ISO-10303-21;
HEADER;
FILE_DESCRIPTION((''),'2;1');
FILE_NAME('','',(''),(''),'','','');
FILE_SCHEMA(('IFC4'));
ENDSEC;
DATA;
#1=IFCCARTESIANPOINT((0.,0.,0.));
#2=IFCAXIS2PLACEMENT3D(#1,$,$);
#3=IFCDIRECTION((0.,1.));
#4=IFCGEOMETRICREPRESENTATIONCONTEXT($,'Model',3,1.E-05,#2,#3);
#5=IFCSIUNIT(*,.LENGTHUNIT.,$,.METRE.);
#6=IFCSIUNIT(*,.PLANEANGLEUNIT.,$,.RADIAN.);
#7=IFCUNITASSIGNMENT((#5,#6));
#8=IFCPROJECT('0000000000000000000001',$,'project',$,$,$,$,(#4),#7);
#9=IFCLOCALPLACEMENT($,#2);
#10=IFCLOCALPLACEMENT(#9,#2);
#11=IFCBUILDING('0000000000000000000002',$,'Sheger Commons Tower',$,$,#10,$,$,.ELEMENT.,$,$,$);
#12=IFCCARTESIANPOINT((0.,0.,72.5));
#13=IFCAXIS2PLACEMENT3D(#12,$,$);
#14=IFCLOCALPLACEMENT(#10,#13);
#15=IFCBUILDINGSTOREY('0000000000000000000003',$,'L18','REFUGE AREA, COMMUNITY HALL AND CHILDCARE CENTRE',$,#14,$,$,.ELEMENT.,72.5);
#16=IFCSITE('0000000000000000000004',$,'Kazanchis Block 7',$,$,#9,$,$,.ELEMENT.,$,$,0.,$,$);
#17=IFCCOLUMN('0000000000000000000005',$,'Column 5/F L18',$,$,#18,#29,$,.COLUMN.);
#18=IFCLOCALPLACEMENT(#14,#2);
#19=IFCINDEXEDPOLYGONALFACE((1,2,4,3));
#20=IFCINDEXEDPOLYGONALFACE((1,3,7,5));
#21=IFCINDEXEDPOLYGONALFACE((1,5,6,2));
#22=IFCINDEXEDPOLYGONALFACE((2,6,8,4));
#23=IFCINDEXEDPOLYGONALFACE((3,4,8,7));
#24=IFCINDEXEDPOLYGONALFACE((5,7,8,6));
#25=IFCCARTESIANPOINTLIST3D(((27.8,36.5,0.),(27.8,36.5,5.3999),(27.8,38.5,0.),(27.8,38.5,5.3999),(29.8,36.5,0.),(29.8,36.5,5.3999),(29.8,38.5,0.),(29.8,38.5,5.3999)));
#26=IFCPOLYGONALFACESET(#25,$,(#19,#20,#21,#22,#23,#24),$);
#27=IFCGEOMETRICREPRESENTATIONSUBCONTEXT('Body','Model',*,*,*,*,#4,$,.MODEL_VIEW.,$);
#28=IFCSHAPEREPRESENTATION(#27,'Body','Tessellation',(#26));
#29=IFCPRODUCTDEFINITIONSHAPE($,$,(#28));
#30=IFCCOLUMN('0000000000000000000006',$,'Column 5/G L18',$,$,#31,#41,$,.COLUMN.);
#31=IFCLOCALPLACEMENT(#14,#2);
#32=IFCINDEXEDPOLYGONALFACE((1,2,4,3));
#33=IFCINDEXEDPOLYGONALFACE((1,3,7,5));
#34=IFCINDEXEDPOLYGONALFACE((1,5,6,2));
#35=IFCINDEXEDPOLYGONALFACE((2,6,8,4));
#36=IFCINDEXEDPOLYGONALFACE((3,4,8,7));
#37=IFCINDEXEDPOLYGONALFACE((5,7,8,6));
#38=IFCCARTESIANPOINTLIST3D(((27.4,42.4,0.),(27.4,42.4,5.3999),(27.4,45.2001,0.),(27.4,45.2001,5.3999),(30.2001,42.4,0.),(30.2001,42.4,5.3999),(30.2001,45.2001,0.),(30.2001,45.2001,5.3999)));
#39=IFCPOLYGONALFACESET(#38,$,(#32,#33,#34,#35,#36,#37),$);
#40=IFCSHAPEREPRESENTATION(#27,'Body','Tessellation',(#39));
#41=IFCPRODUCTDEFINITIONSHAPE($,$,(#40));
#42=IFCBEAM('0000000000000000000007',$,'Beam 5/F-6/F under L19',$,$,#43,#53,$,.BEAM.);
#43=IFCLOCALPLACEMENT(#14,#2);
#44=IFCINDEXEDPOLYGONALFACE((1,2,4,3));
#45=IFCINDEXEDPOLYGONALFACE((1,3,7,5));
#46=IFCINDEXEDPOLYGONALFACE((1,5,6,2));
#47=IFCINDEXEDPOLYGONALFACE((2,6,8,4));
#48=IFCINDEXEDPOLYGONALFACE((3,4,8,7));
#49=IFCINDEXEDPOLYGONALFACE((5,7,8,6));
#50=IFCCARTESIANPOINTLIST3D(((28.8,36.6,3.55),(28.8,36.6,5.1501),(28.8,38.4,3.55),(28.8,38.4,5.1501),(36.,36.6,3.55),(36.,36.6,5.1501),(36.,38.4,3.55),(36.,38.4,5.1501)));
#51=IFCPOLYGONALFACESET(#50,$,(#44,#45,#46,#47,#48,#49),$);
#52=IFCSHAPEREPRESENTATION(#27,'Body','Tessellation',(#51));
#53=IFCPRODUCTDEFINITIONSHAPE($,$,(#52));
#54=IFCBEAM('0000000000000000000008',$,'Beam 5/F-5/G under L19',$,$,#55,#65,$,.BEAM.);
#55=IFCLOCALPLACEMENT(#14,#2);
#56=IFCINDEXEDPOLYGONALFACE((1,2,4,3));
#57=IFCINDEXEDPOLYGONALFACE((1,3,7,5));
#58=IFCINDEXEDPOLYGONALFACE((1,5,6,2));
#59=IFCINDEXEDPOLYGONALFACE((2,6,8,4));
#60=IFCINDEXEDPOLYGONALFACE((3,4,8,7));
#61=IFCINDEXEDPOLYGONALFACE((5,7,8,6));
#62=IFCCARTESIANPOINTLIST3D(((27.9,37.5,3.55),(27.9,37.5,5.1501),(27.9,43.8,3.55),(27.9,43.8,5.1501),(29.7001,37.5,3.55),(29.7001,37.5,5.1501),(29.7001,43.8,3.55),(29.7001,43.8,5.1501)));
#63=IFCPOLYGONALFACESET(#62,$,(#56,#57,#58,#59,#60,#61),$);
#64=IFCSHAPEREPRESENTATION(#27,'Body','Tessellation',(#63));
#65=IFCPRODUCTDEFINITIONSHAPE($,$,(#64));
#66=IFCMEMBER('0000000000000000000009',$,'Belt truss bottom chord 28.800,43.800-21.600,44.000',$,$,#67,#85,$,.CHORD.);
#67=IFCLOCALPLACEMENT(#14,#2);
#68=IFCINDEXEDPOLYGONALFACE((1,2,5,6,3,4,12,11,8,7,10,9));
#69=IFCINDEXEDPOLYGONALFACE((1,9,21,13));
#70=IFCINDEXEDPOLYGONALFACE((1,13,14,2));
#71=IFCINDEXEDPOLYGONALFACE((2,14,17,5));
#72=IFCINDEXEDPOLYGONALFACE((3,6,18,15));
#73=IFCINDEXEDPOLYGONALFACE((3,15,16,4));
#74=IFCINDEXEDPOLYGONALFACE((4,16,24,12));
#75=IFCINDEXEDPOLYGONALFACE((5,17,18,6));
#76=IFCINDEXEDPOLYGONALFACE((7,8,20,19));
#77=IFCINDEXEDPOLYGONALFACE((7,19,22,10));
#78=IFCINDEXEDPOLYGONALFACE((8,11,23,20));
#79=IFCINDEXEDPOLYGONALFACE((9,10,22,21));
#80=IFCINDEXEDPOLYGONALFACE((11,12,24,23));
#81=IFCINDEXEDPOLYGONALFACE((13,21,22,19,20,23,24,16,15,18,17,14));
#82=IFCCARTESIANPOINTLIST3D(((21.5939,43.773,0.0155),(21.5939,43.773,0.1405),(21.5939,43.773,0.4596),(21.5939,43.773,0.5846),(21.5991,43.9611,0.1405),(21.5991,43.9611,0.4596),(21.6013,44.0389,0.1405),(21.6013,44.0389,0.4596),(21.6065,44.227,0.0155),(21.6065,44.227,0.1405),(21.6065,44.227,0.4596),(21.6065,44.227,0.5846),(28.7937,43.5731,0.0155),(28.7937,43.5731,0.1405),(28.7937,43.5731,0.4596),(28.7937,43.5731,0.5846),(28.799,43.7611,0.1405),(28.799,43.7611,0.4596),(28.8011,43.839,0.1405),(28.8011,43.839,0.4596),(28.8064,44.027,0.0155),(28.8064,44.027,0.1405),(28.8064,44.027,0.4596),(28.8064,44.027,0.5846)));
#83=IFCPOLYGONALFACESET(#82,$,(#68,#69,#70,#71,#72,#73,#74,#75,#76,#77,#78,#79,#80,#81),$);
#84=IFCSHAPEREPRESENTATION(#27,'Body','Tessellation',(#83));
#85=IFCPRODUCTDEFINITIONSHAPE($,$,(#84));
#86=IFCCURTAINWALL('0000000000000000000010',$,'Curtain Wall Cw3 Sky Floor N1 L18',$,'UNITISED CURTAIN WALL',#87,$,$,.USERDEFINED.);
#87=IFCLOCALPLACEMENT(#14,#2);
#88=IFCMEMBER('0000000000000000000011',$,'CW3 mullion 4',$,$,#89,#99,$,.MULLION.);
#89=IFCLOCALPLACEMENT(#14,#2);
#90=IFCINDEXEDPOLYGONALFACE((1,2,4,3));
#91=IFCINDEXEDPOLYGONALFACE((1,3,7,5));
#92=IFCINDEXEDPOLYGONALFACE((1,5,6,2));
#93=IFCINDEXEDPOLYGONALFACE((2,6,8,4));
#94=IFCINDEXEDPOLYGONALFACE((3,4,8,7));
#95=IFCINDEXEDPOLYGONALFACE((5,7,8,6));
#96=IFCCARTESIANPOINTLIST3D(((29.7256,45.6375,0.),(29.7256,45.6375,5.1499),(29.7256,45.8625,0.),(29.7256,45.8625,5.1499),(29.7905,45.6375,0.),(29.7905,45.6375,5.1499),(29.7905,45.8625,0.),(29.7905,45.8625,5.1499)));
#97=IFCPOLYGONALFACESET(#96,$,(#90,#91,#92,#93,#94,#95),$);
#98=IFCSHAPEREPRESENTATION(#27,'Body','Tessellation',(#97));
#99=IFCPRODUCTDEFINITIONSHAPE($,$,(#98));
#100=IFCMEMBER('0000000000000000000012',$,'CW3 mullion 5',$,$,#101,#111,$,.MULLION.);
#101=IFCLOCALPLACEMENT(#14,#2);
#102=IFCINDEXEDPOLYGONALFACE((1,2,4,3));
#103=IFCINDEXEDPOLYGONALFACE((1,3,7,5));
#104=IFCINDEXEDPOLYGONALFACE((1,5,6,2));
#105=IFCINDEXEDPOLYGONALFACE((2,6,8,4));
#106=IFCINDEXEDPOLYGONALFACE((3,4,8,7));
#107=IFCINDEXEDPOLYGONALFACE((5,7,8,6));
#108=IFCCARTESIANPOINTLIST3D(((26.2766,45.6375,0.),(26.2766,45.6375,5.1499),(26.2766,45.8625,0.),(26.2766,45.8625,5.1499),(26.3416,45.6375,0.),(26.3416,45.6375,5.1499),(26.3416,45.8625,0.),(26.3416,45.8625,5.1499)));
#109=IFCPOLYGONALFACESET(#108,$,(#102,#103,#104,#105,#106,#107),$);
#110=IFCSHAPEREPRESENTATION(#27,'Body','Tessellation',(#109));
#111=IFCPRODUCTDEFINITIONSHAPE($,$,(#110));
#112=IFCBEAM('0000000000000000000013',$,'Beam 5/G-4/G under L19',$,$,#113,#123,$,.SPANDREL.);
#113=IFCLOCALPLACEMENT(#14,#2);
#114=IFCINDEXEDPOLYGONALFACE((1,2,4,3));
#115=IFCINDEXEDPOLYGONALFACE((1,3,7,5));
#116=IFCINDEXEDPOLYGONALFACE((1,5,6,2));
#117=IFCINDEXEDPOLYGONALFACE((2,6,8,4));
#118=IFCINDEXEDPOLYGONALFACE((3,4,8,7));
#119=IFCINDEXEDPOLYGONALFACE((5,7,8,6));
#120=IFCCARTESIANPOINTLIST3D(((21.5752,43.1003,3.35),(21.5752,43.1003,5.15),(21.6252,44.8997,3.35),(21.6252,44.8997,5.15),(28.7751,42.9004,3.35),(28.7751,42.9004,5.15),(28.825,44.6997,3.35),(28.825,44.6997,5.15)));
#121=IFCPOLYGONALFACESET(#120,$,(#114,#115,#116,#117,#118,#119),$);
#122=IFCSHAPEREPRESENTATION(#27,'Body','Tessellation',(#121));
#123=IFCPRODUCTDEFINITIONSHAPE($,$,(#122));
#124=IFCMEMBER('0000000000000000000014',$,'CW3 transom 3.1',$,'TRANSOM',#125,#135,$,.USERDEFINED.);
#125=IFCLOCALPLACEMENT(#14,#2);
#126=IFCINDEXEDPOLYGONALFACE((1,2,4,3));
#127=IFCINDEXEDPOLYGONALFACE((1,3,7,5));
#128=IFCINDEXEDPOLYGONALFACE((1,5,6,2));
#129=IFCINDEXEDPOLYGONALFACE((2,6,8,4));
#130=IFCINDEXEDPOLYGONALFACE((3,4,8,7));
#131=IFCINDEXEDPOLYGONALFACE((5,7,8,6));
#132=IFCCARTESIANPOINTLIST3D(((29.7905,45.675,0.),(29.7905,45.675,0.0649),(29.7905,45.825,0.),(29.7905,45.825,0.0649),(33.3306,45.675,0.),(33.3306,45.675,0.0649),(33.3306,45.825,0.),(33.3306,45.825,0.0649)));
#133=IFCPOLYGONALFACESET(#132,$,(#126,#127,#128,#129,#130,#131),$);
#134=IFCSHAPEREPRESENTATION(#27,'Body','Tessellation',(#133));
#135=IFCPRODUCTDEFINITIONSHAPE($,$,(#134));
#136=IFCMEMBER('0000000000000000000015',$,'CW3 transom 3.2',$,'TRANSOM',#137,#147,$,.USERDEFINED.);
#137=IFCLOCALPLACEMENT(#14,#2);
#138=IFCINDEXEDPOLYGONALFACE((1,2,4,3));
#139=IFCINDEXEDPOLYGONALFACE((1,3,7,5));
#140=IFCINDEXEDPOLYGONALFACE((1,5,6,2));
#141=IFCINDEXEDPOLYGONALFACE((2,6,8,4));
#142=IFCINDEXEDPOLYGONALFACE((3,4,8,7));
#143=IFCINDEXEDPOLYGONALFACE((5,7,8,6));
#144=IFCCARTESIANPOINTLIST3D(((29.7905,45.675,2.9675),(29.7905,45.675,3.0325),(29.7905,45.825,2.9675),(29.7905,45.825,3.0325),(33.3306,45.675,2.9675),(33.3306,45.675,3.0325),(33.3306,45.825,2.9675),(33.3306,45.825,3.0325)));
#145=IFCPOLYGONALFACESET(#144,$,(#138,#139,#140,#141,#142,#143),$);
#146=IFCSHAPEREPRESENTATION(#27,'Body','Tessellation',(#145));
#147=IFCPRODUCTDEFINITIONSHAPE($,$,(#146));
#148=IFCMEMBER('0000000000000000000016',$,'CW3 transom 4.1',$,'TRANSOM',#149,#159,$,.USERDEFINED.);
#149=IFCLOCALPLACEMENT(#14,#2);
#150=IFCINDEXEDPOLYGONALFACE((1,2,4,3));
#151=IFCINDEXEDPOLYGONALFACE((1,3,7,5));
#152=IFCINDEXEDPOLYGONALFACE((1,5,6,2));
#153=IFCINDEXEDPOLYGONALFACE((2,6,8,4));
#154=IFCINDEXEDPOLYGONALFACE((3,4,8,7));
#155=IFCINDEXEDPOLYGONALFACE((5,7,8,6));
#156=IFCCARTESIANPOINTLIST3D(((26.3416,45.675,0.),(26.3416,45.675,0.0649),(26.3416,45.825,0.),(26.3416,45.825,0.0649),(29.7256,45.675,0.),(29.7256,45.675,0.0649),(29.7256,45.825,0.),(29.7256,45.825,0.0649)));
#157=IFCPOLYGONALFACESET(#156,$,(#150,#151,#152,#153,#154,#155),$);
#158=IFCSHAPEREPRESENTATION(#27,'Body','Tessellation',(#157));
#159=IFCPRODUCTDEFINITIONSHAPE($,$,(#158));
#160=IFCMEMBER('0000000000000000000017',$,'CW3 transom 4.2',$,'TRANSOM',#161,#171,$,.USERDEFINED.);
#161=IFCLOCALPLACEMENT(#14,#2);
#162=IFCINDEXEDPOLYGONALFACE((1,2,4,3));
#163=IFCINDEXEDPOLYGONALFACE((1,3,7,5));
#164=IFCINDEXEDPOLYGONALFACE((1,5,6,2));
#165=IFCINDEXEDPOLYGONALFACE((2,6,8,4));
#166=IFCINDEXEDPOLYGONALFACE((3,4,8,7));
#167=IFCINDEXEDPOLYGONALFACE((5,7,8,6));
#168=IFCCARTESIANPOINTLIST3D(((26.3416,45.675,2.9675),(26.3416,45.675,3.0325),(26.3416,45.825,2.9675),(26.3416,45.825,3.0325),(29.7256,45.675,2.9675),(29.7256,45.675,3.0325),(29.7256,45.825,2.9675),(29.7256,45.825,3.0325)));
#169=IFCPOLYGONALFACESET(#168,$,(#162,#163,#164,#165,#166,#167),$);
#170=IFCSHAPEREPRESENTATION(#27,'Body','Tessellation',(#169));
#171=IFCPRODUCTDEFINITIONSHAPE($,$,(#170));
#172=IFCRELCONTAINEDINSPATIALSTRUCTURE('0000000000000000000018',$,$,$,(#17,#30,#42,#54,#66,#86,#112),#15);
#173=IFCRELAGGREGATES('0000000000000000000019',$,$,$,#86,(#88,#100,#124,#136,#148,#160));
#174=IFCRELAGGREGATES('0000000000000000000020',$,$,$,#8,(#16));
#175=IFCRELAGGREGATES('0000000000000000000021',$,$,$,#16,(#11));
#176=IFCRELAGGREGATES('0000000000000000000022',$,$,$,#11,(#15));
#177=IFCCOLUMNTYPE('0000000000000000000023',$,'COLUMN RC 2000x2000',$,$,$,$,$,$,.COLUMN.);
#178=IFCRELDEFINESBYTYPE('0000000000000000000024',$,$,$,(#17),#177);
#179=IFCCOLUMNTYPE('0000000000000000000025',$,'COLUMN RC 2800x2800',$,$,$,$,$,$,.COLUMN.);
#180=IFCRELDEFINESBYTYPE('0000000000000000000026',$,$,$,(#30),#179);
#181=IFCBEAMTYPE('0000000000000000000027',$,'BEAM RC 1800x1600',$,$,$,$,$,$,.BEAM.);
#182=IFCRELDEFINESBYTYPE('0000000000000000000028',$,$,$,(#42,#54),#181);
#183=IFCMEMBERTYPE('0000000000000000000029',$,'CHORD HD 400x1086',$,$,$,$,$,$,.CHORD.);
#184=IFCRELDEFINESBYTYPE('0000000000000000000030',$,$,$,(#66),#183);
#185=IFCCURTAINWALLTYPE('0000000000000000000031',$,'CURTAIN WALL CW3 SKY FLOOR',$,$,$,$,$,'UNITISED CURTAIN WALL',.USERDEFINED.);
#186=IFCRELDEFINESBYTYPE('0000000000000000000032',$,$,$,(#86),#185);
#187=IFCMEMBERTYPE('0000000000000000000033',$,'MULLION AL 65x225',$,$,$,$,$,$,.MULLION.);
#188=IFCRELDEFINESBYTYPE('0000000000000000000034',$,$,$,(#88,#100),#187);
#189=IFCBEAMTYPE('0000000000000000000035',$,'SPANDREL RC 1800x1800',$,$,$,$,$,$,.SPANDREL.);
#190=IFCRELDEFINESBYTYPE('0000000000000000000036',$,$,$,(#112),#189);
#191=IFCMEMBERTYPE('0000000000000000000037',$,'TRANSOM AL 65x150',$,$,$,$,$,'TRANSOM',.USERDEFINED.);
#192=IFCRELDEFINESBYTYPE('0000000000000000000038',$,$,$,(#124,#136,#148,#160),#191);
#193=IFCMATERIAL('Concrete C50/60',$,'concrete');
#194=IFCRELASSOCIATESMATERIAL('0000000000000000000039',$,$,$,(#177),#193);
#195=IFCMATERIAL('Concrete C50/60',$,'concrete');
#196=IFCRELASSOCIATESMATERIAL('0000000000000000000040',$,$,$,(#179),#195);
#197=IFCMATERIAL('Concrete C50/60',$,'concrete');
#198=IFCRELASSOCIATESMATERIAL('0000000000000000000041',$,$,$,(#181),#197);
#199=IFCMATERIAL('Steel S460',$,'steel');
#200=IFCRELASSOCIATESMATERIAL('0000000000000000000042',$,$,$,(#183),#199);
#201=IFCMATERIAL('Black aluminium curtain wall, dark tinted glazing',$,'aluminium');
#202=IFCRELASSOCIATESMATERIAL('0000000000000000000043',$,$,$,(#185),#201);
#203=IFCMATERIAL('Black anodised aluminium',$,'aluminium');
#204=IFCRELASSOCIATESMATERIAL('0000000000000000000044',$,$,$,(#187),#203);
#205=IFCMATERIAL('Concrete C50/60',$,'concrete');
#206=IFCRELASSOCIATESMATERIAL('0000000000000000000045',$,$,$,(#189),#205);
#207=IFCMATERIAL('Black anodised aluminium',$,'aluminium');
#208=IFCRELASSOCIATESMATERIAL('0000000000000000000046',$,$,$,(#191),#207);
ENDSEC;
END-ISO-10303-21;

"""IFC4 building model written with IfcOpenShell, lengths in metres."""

from ifc_helpers import new_model, si_unit, direction, frame, origin, origin_2d, place, context, subcontext, project, spatial, rectangle, i_section, extrude, material, material_profile, profile_set, type_object, element, aggregate, save


model = new_model("IFC4")

# Units and contexts
model_context = context("Model", 3, precision=1e-05, world=origin(), true_north=direction((0.0, 1.0)))
body_context = subcontext(model_context, "Body", "Model", "MODEL_VIEW")
ifc_project = project(units=[si_unit("LENGTHUNIT", "METRE"), si_unit("PLANEANGLEUNIT", "RADIAN")], contexts=[model_context])

# Site, building, storey
site_placement = place(None, origin())
site = spatial("IfcSite", under=ifc_project, at=site_placement, Name="Kazanchis Block 7", CompositionType="ELEMENT", RefElevation=0.0)
building_placement = place(site_placement, origin())
building = spatial("IfcBuilding", under=site, at=building_placement, Name="Sheger Commons Tower", CompositionType="ELEMENT")
storey_placement = place(building_placement, frame((0.0, 0.0, 72.5)))
storey = spatial("IfcBuildingStorey", under=building, at=storey_placement, Name="L18", Description="REFUGE AREA, COMMUNITY HALL AND CHILDCARE CENTRE", CompositionType="ELEMENT", Elevation=72.5)

# Columns
ifc_material_1 = material(Name="Concrete C50/60", Category="concrete")
ifc_material_profile_1 = material_profile(ifc_material_1, rectangle(XDim=2.0, YDim=2.0, at=origin_2d()), Name="RC 2000x2000")
ifc_profile_set_1 = profile_set([ifc_material_profile_1], Name="Concrete C50/60")
column_type_1 = type_object("IfcColumnType", Name="COLUMN RC 2000x2000", PredefinedType="COLUMN", material=ifc_profile_set_1)
column_1_placement = place(storey_placement, frame((28.8, 37.5, 0.0), z_axis=(0.0, 0.0, 1.0), x_axis=(1.0, 0.0, 0.0)))
element("IfcColumn", 1, at=column_1_placement, inside=storey, type_object=column_type_1, Name="Column 5/F L18", PredefinedType="COLUMN", context=body_context, shape_type="SweptSolid", body=[
    extrude(rectangle(XDim=2.0, YDim=2.0, at=origin_2d()), origin(), (0.0, 0.0, 1.0), 5.3999),
])
ifc_material_2 = material(Name="Concrete C50/60", Category="concrete")
ifc_material_profile_2 = material_profile(ifc_material_2, rectangle(XDim=2.8, YDim=2.8, at=origin_2d()), Name="RC 2800x2800")
ifc_profile_set_2 = profile_set([ifc_material_profile_2], Name="Concrete C50/60")
column_type_2 = type_object("IfcColumnType", Name="COLUMN RC 2800x2800", PredefinedType="COLUMN", material=ifc_profile_set_2)
column_2_placement = place(storey_placement, frame((28.8, 43.8, 0.0), z_axis=(0.0, 0.0, 1.0), x_axis=(1.0, 0.0, 0.0)))
element("IfcColumn", 2, at=column_2_placement, inside=storey, type_object=column_type_2, Name="Column 5/G L18", PredefinedType="COLUMN", context=body_context, shape_type="SweptSolid", body=[
    extrude(rectangle(XDim=2.8, YDim=2.8, at=origin_2d()), origin(), (0.0, 0.0, 1.0), 5.3999),
])

# Beams
ifc_material_3 = material(Name="Concrete C50/60", Category="concrete")
ifc_material_profile_3 = material_profile(ifc_material_3, rectangle(XDim=1.8, YDim=1.6001, at=origin_2d()), Name="RC 1800x1600")
ifc_profile_set_3 = profile_set([ifc_material_profile_3], Name="Concrete C50/60")
beam_type_1 = type_object("IfcBeamType", Name="BEAM RC 1800x1600", PredefinedType="BEAM", material=ifc_profile_set_3)
beam_1_placement = place(storey_placement, frame((28.8, 37.5, 4.3501), z_axis=(1.0, 0.0, 0.0), x_axis=(0.0, 1.0, 0.0)))
element("IfcBeam", 3, at=beam_1_placement, inside=storey, type_object=beam_type_1, Name="Beam 5/F-6/F under L19", PredefinedType="BEAM", context=body_context, shape_type="SweptSolid", body=[
    extrude(rectangle(XDim=1.8, YDim=1.6001, at=origin_2d()), origin(), (0.0, 0.0, 1.0), 7.2),
])
beam_2_placement = place(storey_placement, frame((28.8, 37.5, 4.3501), z_axis=(0.0, 1.0, 0.0), x_axis=(-1.0, 0.0, 0.0)))
element("IfcBeam", 4, at=beam_2_placement, inside=storey, type_object=beam_type_1, Name="Beam 5/F-5/G under L19", PredefinedType="BEAM", context=body_context, shape_type="SweptSolid", body=[
    extrude(rectangle(XDim=1.8, YDim=1.6001, at=origin_2d()), origin(), (0.0, 0.0, 1.0), 6.3),
])

# Member
ifc_material_4 = material(Name="Steel S460", Category="steel")
ifc_material_profile_4 = material_profile(ifc_material_4, i_section(OverallWidth=0.4541, OverallDepth=0.5691, WebThickness=0.0779, FlangeThickness=0.125, at=origin_2d()), Name="HD 400x1086")
ifc_profile_set_4 = profile_set([ifc_material_profile_4], Name="Steel S460")
member_type_1 = type_object("IfcMemberType", Name="CHORD HD 400x1086", PredefinedType="CHORD", material=ifc_profile_set_4)
member_1_placement = place(storey_placement, frame((28.8, 43.8, 0.3), z_axis=(-0.999615, 0.02776, 0.0), x_axis=(-0.02776, -0.999615, 0.0)))
element("IfcMember", 5, at=member_1_placement, inside=storey, type_object=member_type_1, Name="Belt truss bottom chord 28.800,43.800-21.600,44.000", PredefinedType="CHORD", context=body_context, shape_type="SweptSolid", body=[
    extrude(i_section(OverallWidth=0.4541, OverallDepth=0.5691, WebThickness=0.0779, FlangeThickness=0.125, at=origin_2d()), origin(), (0.0, 0.0, 1.0), 7.2026),
])

# Curtain wall, members
ifc_material_5 = material(Name="Black aluminium curtain wall, dark tinted glazing", Category="aluminium")
curtain_wall_type = type_object("IfcCurtainWallType", Name="CURTAIN WALL CW3 SKY FLOOR", ElementType="UNITISED CURTAIN WALL", PredefinedType="USERDEFINED", material=ifc_material_5)
curtain_wall_placement = place(storey_placement, origin())
curtain_wall = element("IfcCurtainWall", 6, at=curtain_wall_placement, inside=storey, type_object=curtain_wall_type, Name="Curtain Wall Cw3 Sky Floor N1 L18", ObjectType="UNITISED CURTAIN WALL", PredefinedType="USERDEFINED")
ifc_material_6 = material(Name="Black anodised aluminium", Category="aluminium")
ifc_material_profile_5 = material_profile(ifc_material_6, rectangle(XDim=0.2251, YDim=0.0649, at=origin_2d()), Name="AL 65x225")
ifc_profile_set_5 = profile_set([ifc_material_profile_5], Name="Black anodised aluminium")
member_type_2 = type_object("IfcMemberType", Name="MULLION AL 65x225", PredefinedType="MULLION", material=ifc_profile_set_5)
member_2_placement = place(storey_placement, frame((29.7581, 45.75, 0.0), z_axis=(0.0, 0.0, 1.0), x_axis=(0.0, -1.0, 0.0)))
member_2 = element("IfcMember", 7, at=member_2_placement, type_object=member_type_2, Name="CW3 mullion 4", PredefinedType="MULLION", context=body_context, shape_type="SweptSolid", body=[
    extrude(rectangle(XDim=0.2251, YDim=0.0649, at=origin_2d()), origin(), (0.0, 0.0, 1.0), 5.1499),
])
member_3_placement = place(storey_placement, frame((26.3091, 45.75, 0.0), z_axis=(0.0, 0.0, 1.0), x_axis=(0.0, -1.0, 0.0)))
member_3 = element("IfcMember", 8, at=member_3_placement, type_object=member_type_2, Name="CW3 mullion 5", PredefinedType="MULLION", context=body_context, shape_type="SweptSolid", body=[
    extrude(rectangle(XDim=0.2251, YDim=0.0649, at=origin_2d()), origin(), (0.0, 0.0, 1.0), 5.1499),
])

# Beam
ifc_material_7 = material(Name="Concrete C50/60", Category="concrete")
ifc_material_profile_6 = material_profile(ifc_material_7, rectangle(XDim=1.8, YDim=1.8, at=origin_2d()), Name="RC 1800x1800")
ifc_profile_set_6 = profile_set([ifc_material_profile_6], Name="Concrete C50/60")
beam_type_2 = type_object("IfcBeamType", Name="SPANDREL RC 1800x1800", PredefinedType="SPANDREL", material=ifc_profile_set_6)
beam_3_placement = place(storey_placement, frame((28.8, 43.8, 4.25), z_axis=(-0.999615, 0.02776, 0.0), x_axis=(-0.02776, -0.999615, 0.0)))
element("IfcBeam", 9, at=beam_3_placement, inside=storey, type_object=beam_type_2, Name="Beam 5/G-4/G under L19", PredefinedType="SPANDREL", context=body_context, shape_type="SweptSolid", body=[
    extrude(rectangle(XDim=1.8, YDim=1.8, at=origin_2d()), origin(), (0.0, 0.0, 1.0), 7.2026),
])

# Members
ifc_material_8 = material(Name="Black anodised aluminium", Category="aluminium")
ifc_material_profile_7 = material_profile(ifc_material_8, rectangle(XDim=0.1499, YDim=0.0649, at=origin_2d()), Name="AL 65x150")
ifc_profile_set_7 = profile_set([ifc_material_profile_7], Name="Black anodised aluminium")
member_type_3 = type_object("IfcMemberType", Name="TRANSOM AL 65x150", ElementType="TRANSOM", PredefinedType="USERDEFINED", material=ifc_profile_set_7)
member_4_placement = place(storey_placement, frame((33.3306, 45.75, 0.0325), z_axis=(-1.0, 0.0, 0.0), x_axis=(0.0, -1.0, 0.0)))
member_4 = element("IfcMember", 10, at=member_4_placement, type_object=member_type_3, Name="CW3 transom 3.1", ObjectType="TRANSOM", PredefinedType="USERDEFINED", context=body_context, shape_type="SweptSolid", body=[
    extrude(rectangle(XDim=0.1499, YDim=0.0649, at=origin_2d()), origin(), (0.0, 0.0, 1.0), 3.54),
])
member_5_placement = place(storey_placement, frame((33.3306, 45.75, 3.0), z_axis=(-1.0, 0.0, 0.0), x_axis=(0.0, -1.0, 0.0)))
member_5 = element("IfcMember", 11, at=member_5_placement, type_object=member_type_3, Name="CW3 transom 3.2", ObjectType="TRANSOM", PredefinedType="USERDEFINED", context=body_context, shape_type="SweptSolid", body=[
    extrude(rectangle(XDim=0.1499, YDim=0.0649, at=origin_2d()), origin(), (0.0, 0.0, 1.0), 3.54),
])
member_6_placement = place(storey_placement, frame((29.7256, 45.75, 0.0325), z_axis=(-1.0, 0.0, 0.0), x_axis=(0.0, -1.0, 0.0)))
member_6 = element("IfcMember", 12, at=member_6_placement, type_object=member_type_3, Name="CW3 transom 4.1", ObjectType="TRANSOM", PredefinedType="USERDEFINED", context=body_context, shape_type="SweptSolid", body=[
    extrude(rectangle(XDim=0.1499, YDim=0.0649, at=origin_2d()), origin(), (0.0, 0.0, 1.0), 3.384),
])
member_7_placement = place(storey_placement, frame((29.7256, 45.75, 3.0), z_axis=(-1.0, 0.0, 0.0), x_axis=(0.0, -1.0, 0.0)))
member_7 = element("IfcMember", 13, at=member_7_placement, type_object=member_type_3, Name="CW3 transom 4.2", ObjectType="TRANSOM", PredefinedType="USERDEFINED", context=body_context, shape_type="SweptSolid", body=[
    extrude(rectangle(XDim=0.1499, YDim=0.0649, at=origin_2d()), origin(), (0.0, 0.0, 1.0), 3.384),
])

aggregate(curtain_wall, [member_2, member_3, member_4, member_5, member_6, member_7])

save(model, "model.ifc")
